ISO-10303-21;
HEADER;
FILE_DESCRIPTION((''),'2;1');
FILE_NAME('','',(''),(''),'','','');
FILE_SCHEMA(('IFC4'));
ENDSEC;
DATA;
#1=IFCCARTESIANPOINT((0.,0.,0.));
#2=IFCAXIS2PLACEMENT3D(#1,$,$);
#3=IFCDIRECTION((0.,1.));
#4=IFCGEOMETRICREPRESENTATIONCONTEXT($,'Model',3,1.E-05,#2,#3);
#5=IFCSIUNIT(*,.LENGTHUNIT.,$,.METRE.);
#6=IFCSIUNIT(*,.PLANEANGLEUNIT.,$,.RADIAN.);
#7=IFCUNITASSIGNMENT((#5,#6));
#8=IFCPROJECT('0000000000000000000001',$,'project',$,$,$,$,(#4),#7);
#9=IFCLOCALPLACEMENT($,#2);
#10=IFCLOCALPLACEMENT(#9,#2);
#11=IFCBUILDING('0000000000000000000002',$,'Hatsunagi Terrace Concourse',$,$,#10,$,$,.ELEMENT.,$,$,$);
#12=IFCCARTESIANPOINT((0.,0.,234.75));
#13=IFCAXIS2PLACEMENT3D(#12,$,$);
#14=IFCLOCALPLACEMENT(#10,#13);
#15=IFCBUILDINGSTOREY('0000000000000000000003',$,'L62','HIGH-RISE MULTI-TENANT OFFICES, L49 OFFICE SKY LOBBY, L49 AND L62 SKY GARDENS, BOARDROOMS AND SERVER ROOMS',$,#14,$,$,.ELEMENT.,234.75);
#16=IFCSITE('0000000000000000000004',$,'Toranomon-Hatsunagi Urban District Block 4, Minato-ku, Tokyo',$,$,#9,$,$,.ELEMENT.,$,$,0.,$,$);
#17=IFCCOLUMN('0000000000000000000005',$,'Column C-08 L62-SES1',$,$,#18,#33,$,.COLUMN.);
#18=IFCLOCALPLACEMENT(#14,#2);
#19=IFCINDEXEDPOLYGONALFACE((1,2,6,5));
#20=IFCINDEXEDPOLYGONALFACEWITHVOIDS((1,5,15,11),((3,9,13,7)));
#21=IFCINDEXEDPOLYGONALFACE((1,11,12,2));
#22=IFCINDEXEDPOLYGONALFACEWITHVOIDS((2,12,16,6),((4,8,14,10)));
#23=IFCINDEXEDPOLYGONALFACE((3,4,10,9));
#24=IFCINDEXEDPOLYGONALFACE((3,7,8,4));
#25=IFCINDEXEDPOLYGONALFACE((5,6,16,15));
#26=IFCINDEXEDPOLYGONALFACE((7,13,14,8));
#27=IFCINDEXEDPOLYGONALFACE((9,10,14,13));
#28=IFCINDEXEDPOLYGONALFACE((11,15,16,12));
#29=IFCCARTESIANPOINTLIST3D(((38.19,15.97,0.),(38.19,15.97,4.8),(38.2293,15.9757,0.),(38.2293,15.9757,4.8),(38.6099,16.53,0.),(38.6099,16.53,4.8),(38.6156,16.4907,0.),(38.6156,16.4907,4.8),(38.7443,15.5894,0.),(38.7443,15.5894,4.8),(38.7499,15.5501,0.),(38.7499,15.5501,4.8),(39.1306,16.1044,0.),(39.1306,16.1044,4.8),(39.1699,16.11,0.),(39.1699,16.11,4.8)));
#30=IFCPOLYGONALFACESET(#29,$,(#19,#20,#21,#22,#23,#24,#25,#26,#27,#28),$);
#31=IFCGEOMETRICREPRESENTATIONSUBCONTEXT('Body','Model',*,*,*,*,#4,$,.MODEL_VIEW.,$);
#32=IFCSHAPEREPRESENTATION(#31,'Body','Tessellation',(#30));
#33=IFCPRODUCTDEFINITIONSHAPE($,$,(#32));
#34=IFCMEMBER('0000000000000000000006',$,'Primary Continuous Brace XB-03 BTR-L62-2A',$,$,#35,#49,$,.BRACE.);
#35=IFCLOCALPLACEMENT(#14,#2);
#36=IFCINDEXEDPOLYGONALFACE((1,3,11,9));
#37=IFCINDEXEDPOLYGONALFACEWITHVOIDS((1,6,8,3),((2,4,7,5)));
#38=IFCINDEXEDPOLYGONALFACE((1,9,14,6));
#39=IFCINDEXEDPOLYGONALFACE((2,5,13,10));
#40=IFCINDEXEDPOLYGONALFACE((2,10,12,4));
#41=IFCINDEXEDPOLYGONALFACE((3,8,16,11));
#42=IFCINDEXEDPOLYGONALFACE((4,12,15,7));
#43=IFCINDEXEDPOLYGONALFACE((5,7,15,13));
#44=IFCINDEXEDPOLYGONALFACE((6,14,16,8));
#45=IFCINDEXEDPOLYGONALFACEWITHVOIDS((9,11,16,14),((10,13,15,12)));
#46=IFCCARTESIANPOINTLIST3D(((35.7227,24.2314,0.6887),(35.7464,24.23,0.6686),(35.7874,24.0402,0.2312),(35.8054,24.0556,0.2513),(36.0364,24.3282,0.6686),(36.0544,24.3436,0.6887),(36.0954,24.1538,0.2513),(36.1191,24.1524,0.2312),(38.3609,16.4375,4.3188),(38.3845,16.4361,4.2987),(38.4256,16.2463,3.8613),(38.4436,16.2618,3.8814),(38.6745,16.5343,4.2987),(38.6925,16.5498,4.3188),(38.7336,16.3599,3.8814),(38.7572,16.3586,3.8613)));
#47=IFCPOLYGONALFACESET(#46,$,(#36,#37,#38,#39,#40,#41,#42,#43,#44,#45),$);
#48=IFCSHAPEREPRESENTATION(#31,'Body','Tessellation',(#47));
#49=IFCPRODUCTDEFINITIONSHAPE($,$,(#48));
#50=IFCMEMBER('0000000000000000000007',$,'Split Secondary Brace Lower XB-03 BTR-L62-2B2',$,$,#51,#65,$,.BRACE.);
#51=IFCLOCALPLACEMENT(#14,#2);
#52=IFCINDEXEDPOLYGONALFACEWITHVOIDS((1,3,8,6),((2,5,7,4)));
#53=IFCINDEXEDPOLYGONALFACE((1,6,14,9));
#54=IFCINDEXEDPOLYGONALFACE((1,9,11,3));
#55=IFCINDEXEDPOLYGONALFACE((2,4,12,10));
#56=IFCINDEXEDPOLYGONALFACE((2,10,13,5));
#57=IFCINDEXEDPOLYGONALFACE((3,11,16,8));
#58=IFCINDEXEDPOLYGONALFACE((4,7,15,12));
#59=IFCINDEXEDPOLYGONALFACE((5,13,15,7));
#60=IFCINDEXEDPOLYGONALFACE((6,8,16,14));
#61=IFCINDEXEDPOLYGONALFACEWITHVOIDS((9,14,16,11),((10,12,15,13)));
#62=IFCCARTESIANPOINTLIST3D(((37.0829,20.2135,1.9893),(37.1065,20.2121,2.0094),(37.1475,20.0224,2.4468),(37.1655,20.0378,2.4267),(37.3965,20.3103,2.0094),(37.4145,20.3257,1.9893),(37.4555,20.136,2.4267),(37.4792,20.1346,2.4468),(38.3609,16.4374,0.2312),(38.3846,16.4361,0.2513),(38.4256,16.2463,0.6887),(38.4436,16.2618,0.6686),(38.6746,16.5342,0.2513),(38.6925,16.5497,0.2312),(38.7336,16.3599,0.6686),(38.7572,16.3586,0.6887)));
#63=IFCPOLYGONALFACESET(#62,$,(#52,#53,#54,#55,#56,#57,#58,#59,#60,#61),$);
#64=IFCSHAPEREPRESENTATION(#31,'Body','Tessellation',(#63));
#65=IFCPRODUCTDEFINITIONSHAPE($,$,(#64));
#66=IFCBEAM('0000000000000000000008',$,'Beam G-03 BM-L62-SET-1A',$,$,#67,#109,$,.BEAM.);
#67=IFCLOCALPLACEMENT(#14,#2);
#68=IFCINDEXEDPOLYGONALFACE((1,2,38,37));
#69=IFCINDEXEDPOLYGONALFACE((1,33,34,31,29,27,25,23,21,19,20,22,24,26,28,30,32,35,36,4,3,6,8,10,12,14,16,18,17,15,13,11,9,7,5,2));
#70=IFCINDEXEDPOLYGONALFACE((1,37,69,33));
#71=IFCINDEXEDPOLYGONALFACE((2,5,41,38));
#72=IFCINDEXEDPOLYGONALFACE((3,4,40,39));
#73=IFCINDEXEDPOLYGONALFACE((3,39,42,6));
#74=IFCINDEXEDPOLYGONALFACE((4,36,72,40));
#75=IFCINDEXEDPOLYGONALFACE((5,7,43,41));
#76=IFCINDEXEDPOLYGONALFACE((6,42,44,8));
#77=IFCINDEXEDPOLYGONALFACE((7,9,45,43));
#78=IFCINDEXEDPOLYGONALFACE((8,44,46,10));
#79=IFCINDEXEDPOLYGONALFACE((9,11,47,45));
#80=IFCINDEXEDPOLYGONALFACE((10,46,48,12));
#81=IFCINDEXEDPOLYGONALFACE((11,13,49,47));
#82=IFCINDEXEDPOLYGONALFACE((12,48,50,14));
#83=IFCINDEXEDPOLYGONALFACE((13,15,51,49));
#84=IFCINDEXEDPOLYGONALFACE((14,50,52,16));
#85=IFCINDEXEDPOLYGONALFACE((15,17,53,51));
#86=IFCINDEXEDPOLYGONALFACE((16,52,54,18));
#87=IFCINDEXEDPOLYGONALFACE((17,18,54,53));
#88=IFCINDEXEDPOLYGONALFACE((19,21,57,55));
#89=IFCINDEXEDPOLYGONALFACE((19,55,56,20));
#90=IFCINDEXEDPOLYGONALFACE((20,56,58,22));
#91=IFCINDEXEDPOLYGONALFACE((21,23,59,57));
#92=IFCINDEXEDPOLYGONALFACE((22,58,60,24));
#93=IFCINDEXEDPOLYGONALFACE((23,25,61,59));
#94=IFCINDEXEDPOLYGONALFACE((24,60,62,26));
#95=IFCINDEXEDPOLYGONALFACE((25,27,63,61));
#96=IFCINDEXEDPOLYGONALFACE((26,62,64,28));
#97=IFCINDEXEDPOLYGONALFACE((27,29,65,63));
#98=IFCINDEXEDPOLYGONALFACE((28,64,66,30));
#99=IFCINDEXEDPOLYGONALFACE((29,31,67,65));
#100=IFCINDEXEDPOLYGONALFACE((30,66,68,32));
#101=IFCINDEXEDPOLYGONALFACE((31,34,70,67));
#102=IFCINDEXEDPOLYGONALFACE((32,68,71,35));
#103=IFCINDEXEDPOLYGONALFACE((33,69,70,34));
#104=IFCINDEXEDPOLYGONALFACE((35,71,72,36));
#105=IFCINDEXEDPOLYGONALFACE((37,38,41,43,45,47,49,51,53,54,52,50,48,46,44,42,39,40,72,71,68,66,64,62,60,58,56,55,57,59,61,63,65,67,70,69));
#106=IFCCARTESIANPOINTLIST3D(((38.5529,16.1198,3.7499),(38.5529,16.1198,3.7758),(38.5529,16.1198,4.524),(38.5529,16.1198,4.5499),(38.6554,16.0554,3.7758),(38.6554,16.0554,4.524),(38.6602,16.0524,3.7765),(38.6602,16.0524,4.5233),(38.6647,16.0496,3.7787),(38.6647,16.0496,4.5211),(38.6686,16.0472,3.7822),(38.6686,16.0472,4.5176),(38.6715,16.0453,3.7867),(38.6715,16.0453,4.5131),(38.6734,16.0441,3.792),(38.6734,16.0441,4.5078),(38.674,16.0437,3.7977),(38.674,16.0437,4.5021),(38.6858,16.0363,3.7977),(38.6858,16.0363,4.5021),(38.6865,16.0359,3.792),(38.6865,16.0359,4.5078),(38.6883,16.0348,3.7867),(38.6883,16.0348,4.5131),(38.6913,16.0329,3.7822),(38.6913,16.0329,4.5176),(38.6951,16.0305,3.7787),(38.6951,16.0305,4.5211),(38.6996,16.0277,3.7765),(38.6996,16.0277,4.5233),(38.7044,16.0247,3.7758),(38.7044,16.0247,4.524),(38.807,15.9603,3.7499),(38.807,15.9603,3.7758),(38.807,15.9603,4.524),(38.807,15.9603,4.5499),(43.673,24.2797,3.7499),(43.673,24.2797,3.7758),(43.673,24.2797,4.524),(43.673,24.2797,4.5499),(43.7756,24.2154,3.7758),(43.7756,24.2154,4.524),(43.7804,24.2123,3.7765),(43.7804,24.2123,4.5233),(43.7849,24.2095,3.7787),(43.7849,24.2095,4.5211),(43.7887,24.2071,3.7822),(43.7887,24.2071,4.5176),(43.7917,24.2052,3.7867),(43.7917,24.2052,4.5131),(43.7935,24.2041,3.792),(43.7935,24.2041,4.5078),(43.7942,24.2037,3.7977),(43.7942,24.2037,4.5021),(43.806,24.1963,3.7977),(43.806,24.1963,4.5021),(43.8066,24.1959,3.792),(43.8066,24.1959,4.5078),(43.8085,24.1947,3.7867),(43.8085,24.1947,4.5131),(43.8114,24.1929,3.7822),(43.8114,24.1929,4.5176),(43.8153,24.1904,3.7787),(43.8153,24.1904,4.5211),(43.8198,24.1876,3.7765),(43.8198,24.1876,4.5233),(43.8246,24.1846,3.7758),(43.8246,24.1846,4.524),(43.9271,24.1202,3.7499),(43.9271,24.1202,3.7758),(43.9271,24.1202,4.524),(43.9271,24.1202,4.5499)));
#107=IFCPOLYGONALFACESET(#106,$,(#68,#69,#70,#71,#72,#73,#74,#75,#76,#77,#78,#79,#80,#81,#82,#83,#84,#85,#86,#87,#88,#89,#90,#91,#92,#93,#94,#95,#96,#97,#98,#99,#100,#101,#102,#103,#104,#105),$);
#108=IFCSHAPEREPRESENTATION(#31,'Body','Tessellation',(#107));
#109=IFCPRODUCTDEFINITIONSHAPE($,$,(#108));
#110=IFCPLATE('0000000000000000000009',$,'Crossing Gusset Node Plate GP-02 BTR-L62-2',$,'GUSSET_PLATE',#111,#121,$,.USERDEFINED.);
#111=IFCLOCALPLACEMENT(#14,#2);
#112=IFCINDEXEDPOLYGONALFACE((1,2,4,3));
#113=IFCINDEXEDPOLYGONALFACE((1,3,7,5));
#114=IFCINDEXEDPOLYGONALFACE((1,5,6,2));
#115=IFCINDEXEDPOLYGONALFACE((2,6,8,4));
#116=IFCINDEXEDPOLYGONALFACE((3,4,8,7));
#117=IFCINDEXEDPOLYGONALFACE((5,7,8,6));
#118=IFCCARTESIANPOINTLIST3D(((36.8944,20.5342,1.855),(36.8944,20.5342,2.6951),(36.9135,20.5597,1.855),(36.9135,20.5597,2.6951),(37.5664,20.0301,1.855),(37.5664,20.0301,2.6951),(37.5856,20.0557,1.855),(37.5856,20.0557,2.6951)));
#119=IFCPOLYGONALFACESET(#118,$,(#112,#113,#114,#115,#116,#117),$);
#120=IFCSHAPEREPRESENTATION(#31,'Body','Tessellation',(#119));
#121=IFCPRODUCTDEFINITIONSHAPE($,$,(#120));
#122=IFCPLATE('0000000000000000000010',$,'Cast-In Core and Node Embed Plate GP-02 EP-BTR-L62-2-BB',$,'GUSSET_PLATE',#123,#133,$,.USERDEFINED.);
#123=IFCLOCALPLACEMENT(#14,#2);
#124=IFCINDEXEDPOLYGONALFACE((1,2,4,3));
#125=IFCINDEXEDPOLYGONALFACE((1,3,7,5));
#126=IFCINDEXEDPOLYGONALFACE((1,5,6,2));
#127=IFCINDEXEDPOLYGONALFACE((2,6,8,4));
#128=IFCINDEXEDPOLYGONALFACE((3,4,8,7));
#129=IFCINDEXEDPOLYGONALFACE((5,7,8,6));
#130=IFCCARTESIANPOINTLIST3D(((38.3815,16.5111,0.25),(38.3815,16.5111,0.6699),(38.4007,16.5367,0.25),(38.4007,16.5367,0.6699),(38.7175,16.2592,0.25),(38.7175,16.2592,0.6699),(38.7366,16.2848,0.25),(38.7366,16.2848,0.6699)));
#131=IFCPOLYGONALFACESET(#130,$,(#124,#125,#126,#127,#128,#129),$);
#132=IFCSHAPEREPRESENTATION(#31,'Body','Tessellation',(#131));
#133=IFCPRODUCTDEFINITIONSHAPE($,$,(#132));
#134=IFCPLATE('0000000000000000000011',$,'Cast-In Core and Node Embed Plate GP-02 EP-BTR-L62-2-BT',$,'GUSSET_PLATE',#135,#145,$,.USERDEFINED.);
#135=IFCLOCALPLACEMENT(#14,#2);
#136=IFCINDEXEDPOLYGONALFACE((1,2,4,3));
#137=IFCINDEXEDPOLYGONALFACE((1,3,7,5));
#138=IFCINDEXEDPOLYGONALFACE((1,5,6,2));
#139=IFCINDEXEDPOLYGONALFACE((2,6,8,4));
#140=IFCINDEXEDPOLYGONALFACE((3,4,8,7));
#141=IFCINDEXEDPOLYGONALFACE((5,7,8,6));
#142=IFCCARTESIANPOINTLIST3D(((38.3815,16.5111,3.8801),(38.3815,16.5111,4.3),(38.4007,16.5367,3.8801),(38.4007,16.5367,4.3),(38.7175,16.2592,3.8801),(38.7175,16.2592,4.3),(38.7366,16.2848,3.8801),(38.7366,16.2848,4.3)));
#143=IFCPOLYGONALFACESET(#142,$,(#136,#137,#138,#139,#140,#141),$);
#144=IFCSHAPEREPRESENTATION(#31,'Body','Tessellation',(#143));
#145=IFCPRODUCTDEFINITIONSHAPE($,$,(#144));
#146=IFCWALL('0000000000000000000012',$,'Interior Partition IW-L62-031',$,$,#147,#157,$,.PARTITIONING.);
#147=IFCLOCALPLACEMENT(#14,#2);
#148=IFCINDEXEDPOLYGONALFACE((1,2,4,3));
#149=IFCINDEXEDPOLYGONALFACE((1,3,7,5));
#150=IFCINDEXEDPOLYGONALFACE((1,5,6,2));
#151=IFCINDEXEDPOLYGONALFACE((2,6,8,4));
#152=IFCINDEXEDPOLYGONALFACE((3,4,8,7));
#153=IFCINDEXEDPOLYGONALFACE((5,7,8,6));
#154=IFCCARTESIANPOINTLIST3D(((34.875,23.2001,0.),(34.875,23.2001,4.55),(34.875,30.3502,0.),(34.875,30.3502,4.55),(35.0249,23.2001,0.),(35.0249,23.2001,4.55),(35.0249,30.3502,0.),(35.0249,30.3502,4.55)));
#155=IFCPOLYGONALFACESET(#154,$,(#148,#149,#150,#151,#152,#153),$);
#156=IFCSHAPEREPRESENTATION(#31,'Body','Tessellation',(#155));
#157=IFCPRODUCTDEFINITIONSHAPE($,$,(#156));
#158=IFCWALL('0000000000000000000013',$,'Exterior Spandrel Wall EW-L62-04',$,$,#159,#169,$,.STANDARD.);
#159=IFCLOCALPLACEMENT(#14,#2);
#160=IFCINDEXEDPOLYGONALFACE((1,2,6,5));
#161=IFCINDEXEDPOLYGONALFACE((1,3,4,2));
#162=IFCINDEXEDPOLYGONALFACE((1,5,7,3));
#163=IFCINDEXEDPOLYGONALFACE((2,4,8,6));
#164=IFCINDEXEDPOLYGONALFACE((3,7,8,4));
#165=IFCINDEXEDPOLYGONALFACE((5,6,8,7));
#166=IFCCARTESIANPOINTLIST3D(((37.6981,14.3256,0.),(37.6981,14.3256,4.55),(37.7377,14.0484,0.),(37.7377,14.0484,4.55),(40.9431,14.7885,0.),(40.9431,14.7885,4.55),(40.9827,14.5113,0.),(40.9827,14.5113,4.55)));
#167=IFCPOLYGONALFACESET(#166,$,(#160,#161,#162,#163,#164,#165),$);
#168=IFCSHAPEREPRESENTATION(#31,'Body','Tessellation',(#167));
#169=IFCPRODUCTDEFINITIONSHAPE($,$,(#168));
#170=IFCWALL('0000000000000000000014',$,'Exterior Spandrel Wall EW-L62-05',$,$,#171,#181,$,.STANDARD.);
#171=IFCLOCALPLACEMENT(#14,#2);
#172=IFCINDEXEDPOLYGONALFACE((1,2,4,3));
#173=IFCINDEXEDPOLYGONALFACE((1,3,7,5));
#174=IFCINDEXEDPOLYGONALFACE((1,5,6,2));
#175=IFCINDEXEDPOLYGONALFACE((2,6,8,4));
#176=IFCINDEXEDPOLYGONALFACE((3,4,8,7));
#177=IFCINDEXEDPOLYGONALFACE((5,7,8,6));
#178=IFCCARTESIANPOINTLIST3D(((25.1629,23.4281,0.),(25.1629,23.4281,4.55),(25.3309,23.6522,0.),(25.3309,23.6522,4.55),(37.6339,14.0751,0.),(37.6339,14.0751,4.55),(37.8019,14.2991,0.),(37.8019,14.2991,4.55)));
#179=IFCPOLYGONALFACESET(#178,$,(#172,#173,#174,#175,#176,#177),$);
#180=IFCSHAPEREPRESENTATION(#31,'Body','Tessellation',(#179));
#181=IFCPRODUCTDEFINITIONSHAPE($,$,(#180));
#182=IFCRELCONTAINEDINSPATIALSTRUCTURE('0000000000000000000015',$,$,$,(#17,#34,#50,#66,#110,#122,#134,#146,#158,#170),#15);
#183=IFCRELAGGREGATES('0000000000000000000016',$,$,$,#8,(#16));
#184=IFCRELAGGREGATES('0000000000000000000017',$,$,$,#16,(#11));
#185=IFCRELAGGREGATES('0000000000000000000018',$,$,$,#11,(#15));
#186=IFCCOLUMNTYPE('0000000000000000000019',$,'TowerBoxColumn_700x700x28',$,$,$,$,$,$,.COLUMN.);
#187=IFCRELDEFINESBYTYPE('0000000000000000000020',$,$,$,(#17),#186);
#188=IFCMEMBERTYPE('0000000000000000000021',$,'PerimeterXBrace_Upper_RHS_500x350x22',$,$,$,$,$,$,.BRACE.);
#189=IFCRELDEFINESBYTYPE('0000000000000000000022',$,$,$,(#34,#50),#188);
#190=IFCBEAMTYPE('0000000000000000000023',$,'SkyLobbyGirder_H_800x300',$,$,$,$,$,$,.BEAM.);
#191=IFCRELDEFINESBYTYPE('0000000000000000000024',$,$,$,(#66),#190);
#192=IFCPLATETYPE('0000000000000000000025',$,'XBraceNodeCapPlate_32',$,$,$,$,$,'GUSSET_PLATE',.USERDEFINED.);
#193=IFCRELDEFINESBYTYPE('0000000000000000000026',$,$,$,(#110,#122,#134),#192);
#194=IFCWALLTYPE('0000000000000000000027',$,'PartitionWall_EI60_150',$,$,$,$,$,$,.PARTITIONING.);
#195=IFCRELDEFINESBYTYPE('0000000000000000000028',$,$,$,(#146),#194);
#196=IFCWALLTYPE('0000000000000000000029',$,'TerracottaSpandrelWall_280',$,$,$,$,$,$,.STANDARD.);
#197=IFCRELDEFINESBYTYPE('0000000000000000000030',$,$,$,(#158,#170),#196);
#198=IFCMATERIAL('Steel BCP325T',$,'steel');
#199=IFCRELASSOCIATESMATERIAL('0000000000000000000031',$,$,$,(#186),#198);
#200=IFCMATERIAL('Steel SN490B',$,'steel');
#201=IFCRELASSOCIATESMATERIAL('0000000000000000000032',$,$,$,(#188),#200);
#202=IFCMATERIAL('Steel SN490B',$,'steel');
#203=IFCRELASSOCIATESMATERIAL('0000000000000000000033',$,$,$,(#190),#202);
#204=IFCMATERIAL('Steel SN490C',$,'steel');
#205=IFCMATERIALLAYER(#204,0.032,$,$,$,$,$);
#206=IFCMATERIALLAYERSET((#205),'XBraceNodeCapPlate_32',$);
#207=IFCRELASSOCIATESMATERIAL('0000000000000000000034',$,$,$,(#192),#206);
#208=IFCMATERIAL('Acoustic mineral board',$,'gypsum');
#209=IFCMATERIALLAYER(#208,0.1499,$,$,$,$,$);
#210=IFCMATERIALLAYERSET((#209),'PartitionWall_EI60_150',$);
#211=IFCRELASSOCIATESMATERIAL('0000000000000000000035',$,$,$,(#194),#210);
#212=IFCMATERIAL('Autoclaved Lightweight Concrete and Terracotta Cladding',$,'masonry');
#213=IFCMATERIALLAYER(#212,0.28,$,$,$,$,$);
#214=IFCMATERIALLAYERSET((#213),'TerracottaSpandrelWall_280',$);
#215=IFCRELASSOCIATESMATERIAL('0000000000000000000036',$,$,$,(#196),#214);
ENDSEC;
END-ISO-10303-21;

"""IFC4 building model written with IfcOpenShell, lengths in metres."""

from ifc_helpers import new_model, si_unit, direction, frame, frame_2d, origin, origin_2d, place, context, subcontext, project, spatial, rectangle, hollow_rectangle, i_section, extrude, material, layer, layer_set, material_profile, profile_set, type_object, element, save


model = new_model("IFC4")

# Units and contexts
model_context = context("Model", 3, precision=1e-05, world=origin(), true_north=direction((0.0, 1.0)))
body_context = subcontext(model_context, "Body", "Model", "MODEL_VIEW")
ifc_project = project(units=[si_unit("LENGTHUNIT", "METRE"), si_unit("PLANEANGLEUNIT", "RADIAN")], contexts=[model_context])

# Site, building, storey
site_placement = place(None, origin())
site = spatial("IfcSite", under=ifc_project, at=site_placement, Name="Toranomon-Hatsunagi Urban District Block 4, Minato-ku, Tokyo", CompositionType="ELEMENT", RefElevation=0.0)
building_placement = place(site_placement, origin())
building = spatial("IfcBuilding", under=site, at=building_placement, Name="Hatsunagi Terrace Concourse", CompositionType="ELEMENT")
storey_placement = place(building_placement, frame((0.0, 0.0, 234.75)))
storey = spatial("IfcBuildingStorey", under=building, at=storey_placement, Name="L62", Description="HIGH-RISE MULTI-TENANT OFFICES, L49 OFFICE SKY LOBBY, L49 AND L62 SKY GARDENS, BOARDROOMS AND SERVER ROOMS", CompositionType="ELEMENT", Elevation=234.75)

# Column
ifc_material_1 = material(Name="Steel BCP325T", Category="steel")
ifc_material_profile_1 = material_profile(ifc_material_1, hollow_rectangle(XDim=0.7, YDim=0.7, WallThickness=0.0281, at=origin_2d()), Name="BCP-700x700x28")
ifc_profile_set_1 = profile_set([ifc_material_profile_1], Name="Steel BCP325T")
column_type = type_object("IfcColumnType", Name="TowerBoxColumn_700x700x28", PredefinedType="COLUMN", material=ifc_profile_set_1)
column_placement = place(storey_placement, frame((38.6799, 16.04, 0.0), z_axis=(0.0, 0.0, 1.0), x_axis=(0.8, -0.6, 0.0)))
element("IfcColumn", 1, at=column_placement, inside=storey, type_object=column_type, Name="Column C-08 L62-SES1", PredefinedType="COLUMN", context=body_context, shape_type="SweptSolid", body=[
    extrude(hollow_rectangle(XDim=0.7, YDim=0.7, WallThickness=0.0281, at=origin_2d()), origin(), (0.0, 0.0, 1.0), 4.8),
])

# Members
ifc_material_2 = material(Name="Steel SN490B", Category="steel")
ifc_material_profile_2 = material_profile(ifc_material_2, hollow_rectangle(XDim=0.3501, YDim=0.5, WallThickness=0.022, at=origin_2d()), Name="RHS-500x350x22")
ifc_profile_set_2 = profile_set([ifc_material_profile_2], Name="Steel SN490B")
member_type = type_object("IfcMemberType", Name="PerimeterXBrace_Upper_RHS_500x350x22", PredefinedType="BRACE", material=ifc_profile_set_2)
member_1_placement = place(storey_placement, frame((35.9209, 24.1919, 0.46), z_axis=(0.293343, -0.866618, 0.403638), x_axis=(0.947207, 0.320622, 0.0)))
element("IfcMember", 2, at=member_1_placement, inside=storey, type_object=member_type, Name="Primary Continuous Brace XB-03 BTR-L62-2A", PredefinedType="BRACE", context=body_context, shape_type="SweptSolid", body=[
    extrude(hollow_rectangle(XDim=0.3501, YDim=0.5, WallThickness=0.022, at=origin_2d()), origin(), (0.0, 0.0, 1.0), 8.9934),
])
member_2_placement = place(storey_placement, frame((37.281, 20.1741, 2.218), z_axis=(0.293339, -0.866682, -0.403503), x_axis=(0.947216, 0.320597, 0.0)))
element("IfcMember", 3, at=member_2_placement, inside=storey, type_object=member_type, Name="Split Secondary Brace Lower XB-03 BTR-L62-2B2", PredefinedType="BRACE", context=body_context, shape_type="SweptSolid", body=[
    extrude(hollow_rectangle(XDim=0.3501, YDim=0.5, WallThickness=0.022, at=origin_2d()), origin(), (0.0, 0.0, 1.0), 4.3569),
])

# Beam
ifc_material_3 = material(Name="Steel SN490B", Category="steel")
ifc_material_profile_3 = material_profile(ifc_material_3, i_section(OverallWidth=0.3, OverallDepth=0.8, WebThickness=0.0139, FlangeThickness=0.0259, FilletRadius=0.022, at=origin_2d()), Name="H-800x300x14x26")
ifc_profile_set_3 = profile_set([ifc_material_profile_3], Name="Steel SN490B")
beam_type = type_object("IfcBeamType", Name="SkyLobbyGirder_H_800x300", PredefinedType="BEAM", material=ifc_profile_set_3)
beam_placement = place(storey_placement, frame((38.6799, 16.04, 4.1499), z_axis=(0.531504, 0.847056, 0.0), x_axis=(-0.847056, 0.531504, 0.0)))
element("IfcBeam", 4, at=beam_placement, inside=storey, type_object=beam_type, Name="Beam G-03 BM-L62-SET-1A", PredefinedType="BEAM", context=body_context, shape_type="SweptSolid", body=[
    extrude(i_section(OverallWidth=0.3, OverallDepth=0.8, WebThickness=0.0139, FlangeThickness=0.0259, FilletRadius=0.022, at=origin_2d()), origin(), (0.0, 0.0, 1.0), 9.6333),
])

# Plates
ifc_material_4 = material(Name="Steel SN490C", Category="steel")
ifc_layer_1 = layer(ifc_material_4, 0.032)
ifc_layer_set_1 = layer_set([ifc_layer_1], Name="XBraceNodeCapPlate_32")
plate_type = type_object("IfcPlateType", Name="XBraceNodeCapPlate_32", ElementType="GUSSET_PLATE", PredefinedType="USERDEFINED", material=ifc_layer_set_1)
plate_placement = place(storey_placement, frame((37.24, 20.2949, 1.855), z_axis=(0.0, 0.0, 1.0), x_axis=(0.8, -0.6, 0.0)))
element("IfcPlate", 5, at=plate_placement, inside=storey, type_object=plate_type, Name="Crossing Gusset Node Plate GP-02 BTR-L62-2", ObjectType="GUSSET_PLATE", PredefinedType="USERDEFINED", context=body_context, shape_type="SweptSolid", body=[
    extrude(rectangle(XDim=0.8401, YDim=0.032, at=origin_2d()), origin(), (0.0, 0.0, 1.0), 0.8401),
])
for number, where, z_axis, x_axis, name in (
    (6, (38.5591, 16.3979, 0.25), (0.0, 0.0, 1.0), (0.8, -0.6, 0.0), "Cast-In Core and Node Embed Plate GP-02 EP-BTR-L62-2-BB"),
    (7, (38.5591, 16.3979, 3.8801), (0.0, 0.0, 1.0), (0.8, -0.6, 0.0), "Cast-In Core and Node Embed Plate GP-02 EP-BTR-L62-2-BT"),
):
    element("IfcPlate", number, at=place(storey_placement, frame(where, z_axis=z_axis, x_axis=x_axis)), inside=storey, type_object=plate_type, Name=name, ObjectType="GUSSET_PLATE", PredefinedType="USERDEFINED", context=body_context, shape_type="SweptSolid", body=[
        extrude(rectangle(XDim=0.4199, YDim=0.032, at=origin_2d()), origin(), (0.0, 0.0, 1.0), 0.4199),
    ])

# Walls
ifc_material_5 = material(Name="Acoustic mineral board", Category="gypsum")
ifc_layer_2 = layer(ifc_material_5, 0.1499)
ifc_layer_set_2 = layer_set([ifc_layer_2], Name="PartitionWall_EI60_150")
wall_type_1 = type_object("IfcWallType", Name="PartitionWall_EI60_150", PredefinedType="PARTITIONING", material=ifc_layer_set_2)
wall_1_placement = place(storey_placement, frame((34.95, 23.2, 0.0), z_axis=(0.0, 0.0, 1.0), x_axis=(0.0, 1.0, 0.0)))
element("IfcWall", 8, at=wall_1_placement, inside=storey, type_object=wall_type_1, Name="Interior Partition IW-L62-031", PredefinedType="PARTITIONING", context=body_context, shape_type="SweptSolid", body=[
    extrude(rectangle(XDim=7.1501, YDim=0.1499, at=frame_2d((3.5752, 0.0))), origin(), (0.0, 0.0, 1.0), 4.55),
])
ifc_material_6 = material(Name="Autoclaved Lightweight Concrete and Terracotta Cladding", Category="masonry")
ifc_layer_3 = layer(ifc_material_6, 0.28)
ifc_layer_set_3 = layer_set([ifc_layer_3], Name="TerracottaSpandrelWall_280")
wall_type_2 = type_object("IfcWallType", Name="TerracottaSpandrelWall_280", PredefinedType="STANDARD", material=ifc_layer_set_3)
wall_2_placement = place(storey_placement, frame((40.9629, 14.6499, 0.0), z_axis=(0.0, 0.0, 1.0), x_axis=(-0.989978, -0.141223, 0.0)))
element("IfcWall", 9, at=wall_2_placement, inside=storey, type_object=wall_type_2, Name="Exterior Spandrel Wall EW-L62-04", PredefinedType="STANDARD", context=body_context, shape_type="SweptSolid", body=[
    extrude(rectangle(XDim=3.2778, YDim=0.28, at=frame_2d((1.6389, 0.0))), origin(), (0.0, 0.0, 1.0), 4.55),
])
wall_3_placement = place(storey_placement, frame((37.718, 14.187, 0.0), z_axis=(0.0, 0.0, 1.0), x_axis=(-0.800006, 0.599992, 0.0)))
element("IfcWall", 10, at=wall_3_placement, inside=storey, type_object=wall_type_2, Name="Exterior Spandrel Wall EW-L62-05", PredefinedType="STANDARD", context=body_context, shape_type="SweptSolid", body=[
    extrude(rectangle(XDim=15.5886, YDim=0.28, at=frame_2d((7.7944, 0.0))), origin(), (0.0, 0.0, 1.0), 4.55),
])

save(model, "model.ifc")
